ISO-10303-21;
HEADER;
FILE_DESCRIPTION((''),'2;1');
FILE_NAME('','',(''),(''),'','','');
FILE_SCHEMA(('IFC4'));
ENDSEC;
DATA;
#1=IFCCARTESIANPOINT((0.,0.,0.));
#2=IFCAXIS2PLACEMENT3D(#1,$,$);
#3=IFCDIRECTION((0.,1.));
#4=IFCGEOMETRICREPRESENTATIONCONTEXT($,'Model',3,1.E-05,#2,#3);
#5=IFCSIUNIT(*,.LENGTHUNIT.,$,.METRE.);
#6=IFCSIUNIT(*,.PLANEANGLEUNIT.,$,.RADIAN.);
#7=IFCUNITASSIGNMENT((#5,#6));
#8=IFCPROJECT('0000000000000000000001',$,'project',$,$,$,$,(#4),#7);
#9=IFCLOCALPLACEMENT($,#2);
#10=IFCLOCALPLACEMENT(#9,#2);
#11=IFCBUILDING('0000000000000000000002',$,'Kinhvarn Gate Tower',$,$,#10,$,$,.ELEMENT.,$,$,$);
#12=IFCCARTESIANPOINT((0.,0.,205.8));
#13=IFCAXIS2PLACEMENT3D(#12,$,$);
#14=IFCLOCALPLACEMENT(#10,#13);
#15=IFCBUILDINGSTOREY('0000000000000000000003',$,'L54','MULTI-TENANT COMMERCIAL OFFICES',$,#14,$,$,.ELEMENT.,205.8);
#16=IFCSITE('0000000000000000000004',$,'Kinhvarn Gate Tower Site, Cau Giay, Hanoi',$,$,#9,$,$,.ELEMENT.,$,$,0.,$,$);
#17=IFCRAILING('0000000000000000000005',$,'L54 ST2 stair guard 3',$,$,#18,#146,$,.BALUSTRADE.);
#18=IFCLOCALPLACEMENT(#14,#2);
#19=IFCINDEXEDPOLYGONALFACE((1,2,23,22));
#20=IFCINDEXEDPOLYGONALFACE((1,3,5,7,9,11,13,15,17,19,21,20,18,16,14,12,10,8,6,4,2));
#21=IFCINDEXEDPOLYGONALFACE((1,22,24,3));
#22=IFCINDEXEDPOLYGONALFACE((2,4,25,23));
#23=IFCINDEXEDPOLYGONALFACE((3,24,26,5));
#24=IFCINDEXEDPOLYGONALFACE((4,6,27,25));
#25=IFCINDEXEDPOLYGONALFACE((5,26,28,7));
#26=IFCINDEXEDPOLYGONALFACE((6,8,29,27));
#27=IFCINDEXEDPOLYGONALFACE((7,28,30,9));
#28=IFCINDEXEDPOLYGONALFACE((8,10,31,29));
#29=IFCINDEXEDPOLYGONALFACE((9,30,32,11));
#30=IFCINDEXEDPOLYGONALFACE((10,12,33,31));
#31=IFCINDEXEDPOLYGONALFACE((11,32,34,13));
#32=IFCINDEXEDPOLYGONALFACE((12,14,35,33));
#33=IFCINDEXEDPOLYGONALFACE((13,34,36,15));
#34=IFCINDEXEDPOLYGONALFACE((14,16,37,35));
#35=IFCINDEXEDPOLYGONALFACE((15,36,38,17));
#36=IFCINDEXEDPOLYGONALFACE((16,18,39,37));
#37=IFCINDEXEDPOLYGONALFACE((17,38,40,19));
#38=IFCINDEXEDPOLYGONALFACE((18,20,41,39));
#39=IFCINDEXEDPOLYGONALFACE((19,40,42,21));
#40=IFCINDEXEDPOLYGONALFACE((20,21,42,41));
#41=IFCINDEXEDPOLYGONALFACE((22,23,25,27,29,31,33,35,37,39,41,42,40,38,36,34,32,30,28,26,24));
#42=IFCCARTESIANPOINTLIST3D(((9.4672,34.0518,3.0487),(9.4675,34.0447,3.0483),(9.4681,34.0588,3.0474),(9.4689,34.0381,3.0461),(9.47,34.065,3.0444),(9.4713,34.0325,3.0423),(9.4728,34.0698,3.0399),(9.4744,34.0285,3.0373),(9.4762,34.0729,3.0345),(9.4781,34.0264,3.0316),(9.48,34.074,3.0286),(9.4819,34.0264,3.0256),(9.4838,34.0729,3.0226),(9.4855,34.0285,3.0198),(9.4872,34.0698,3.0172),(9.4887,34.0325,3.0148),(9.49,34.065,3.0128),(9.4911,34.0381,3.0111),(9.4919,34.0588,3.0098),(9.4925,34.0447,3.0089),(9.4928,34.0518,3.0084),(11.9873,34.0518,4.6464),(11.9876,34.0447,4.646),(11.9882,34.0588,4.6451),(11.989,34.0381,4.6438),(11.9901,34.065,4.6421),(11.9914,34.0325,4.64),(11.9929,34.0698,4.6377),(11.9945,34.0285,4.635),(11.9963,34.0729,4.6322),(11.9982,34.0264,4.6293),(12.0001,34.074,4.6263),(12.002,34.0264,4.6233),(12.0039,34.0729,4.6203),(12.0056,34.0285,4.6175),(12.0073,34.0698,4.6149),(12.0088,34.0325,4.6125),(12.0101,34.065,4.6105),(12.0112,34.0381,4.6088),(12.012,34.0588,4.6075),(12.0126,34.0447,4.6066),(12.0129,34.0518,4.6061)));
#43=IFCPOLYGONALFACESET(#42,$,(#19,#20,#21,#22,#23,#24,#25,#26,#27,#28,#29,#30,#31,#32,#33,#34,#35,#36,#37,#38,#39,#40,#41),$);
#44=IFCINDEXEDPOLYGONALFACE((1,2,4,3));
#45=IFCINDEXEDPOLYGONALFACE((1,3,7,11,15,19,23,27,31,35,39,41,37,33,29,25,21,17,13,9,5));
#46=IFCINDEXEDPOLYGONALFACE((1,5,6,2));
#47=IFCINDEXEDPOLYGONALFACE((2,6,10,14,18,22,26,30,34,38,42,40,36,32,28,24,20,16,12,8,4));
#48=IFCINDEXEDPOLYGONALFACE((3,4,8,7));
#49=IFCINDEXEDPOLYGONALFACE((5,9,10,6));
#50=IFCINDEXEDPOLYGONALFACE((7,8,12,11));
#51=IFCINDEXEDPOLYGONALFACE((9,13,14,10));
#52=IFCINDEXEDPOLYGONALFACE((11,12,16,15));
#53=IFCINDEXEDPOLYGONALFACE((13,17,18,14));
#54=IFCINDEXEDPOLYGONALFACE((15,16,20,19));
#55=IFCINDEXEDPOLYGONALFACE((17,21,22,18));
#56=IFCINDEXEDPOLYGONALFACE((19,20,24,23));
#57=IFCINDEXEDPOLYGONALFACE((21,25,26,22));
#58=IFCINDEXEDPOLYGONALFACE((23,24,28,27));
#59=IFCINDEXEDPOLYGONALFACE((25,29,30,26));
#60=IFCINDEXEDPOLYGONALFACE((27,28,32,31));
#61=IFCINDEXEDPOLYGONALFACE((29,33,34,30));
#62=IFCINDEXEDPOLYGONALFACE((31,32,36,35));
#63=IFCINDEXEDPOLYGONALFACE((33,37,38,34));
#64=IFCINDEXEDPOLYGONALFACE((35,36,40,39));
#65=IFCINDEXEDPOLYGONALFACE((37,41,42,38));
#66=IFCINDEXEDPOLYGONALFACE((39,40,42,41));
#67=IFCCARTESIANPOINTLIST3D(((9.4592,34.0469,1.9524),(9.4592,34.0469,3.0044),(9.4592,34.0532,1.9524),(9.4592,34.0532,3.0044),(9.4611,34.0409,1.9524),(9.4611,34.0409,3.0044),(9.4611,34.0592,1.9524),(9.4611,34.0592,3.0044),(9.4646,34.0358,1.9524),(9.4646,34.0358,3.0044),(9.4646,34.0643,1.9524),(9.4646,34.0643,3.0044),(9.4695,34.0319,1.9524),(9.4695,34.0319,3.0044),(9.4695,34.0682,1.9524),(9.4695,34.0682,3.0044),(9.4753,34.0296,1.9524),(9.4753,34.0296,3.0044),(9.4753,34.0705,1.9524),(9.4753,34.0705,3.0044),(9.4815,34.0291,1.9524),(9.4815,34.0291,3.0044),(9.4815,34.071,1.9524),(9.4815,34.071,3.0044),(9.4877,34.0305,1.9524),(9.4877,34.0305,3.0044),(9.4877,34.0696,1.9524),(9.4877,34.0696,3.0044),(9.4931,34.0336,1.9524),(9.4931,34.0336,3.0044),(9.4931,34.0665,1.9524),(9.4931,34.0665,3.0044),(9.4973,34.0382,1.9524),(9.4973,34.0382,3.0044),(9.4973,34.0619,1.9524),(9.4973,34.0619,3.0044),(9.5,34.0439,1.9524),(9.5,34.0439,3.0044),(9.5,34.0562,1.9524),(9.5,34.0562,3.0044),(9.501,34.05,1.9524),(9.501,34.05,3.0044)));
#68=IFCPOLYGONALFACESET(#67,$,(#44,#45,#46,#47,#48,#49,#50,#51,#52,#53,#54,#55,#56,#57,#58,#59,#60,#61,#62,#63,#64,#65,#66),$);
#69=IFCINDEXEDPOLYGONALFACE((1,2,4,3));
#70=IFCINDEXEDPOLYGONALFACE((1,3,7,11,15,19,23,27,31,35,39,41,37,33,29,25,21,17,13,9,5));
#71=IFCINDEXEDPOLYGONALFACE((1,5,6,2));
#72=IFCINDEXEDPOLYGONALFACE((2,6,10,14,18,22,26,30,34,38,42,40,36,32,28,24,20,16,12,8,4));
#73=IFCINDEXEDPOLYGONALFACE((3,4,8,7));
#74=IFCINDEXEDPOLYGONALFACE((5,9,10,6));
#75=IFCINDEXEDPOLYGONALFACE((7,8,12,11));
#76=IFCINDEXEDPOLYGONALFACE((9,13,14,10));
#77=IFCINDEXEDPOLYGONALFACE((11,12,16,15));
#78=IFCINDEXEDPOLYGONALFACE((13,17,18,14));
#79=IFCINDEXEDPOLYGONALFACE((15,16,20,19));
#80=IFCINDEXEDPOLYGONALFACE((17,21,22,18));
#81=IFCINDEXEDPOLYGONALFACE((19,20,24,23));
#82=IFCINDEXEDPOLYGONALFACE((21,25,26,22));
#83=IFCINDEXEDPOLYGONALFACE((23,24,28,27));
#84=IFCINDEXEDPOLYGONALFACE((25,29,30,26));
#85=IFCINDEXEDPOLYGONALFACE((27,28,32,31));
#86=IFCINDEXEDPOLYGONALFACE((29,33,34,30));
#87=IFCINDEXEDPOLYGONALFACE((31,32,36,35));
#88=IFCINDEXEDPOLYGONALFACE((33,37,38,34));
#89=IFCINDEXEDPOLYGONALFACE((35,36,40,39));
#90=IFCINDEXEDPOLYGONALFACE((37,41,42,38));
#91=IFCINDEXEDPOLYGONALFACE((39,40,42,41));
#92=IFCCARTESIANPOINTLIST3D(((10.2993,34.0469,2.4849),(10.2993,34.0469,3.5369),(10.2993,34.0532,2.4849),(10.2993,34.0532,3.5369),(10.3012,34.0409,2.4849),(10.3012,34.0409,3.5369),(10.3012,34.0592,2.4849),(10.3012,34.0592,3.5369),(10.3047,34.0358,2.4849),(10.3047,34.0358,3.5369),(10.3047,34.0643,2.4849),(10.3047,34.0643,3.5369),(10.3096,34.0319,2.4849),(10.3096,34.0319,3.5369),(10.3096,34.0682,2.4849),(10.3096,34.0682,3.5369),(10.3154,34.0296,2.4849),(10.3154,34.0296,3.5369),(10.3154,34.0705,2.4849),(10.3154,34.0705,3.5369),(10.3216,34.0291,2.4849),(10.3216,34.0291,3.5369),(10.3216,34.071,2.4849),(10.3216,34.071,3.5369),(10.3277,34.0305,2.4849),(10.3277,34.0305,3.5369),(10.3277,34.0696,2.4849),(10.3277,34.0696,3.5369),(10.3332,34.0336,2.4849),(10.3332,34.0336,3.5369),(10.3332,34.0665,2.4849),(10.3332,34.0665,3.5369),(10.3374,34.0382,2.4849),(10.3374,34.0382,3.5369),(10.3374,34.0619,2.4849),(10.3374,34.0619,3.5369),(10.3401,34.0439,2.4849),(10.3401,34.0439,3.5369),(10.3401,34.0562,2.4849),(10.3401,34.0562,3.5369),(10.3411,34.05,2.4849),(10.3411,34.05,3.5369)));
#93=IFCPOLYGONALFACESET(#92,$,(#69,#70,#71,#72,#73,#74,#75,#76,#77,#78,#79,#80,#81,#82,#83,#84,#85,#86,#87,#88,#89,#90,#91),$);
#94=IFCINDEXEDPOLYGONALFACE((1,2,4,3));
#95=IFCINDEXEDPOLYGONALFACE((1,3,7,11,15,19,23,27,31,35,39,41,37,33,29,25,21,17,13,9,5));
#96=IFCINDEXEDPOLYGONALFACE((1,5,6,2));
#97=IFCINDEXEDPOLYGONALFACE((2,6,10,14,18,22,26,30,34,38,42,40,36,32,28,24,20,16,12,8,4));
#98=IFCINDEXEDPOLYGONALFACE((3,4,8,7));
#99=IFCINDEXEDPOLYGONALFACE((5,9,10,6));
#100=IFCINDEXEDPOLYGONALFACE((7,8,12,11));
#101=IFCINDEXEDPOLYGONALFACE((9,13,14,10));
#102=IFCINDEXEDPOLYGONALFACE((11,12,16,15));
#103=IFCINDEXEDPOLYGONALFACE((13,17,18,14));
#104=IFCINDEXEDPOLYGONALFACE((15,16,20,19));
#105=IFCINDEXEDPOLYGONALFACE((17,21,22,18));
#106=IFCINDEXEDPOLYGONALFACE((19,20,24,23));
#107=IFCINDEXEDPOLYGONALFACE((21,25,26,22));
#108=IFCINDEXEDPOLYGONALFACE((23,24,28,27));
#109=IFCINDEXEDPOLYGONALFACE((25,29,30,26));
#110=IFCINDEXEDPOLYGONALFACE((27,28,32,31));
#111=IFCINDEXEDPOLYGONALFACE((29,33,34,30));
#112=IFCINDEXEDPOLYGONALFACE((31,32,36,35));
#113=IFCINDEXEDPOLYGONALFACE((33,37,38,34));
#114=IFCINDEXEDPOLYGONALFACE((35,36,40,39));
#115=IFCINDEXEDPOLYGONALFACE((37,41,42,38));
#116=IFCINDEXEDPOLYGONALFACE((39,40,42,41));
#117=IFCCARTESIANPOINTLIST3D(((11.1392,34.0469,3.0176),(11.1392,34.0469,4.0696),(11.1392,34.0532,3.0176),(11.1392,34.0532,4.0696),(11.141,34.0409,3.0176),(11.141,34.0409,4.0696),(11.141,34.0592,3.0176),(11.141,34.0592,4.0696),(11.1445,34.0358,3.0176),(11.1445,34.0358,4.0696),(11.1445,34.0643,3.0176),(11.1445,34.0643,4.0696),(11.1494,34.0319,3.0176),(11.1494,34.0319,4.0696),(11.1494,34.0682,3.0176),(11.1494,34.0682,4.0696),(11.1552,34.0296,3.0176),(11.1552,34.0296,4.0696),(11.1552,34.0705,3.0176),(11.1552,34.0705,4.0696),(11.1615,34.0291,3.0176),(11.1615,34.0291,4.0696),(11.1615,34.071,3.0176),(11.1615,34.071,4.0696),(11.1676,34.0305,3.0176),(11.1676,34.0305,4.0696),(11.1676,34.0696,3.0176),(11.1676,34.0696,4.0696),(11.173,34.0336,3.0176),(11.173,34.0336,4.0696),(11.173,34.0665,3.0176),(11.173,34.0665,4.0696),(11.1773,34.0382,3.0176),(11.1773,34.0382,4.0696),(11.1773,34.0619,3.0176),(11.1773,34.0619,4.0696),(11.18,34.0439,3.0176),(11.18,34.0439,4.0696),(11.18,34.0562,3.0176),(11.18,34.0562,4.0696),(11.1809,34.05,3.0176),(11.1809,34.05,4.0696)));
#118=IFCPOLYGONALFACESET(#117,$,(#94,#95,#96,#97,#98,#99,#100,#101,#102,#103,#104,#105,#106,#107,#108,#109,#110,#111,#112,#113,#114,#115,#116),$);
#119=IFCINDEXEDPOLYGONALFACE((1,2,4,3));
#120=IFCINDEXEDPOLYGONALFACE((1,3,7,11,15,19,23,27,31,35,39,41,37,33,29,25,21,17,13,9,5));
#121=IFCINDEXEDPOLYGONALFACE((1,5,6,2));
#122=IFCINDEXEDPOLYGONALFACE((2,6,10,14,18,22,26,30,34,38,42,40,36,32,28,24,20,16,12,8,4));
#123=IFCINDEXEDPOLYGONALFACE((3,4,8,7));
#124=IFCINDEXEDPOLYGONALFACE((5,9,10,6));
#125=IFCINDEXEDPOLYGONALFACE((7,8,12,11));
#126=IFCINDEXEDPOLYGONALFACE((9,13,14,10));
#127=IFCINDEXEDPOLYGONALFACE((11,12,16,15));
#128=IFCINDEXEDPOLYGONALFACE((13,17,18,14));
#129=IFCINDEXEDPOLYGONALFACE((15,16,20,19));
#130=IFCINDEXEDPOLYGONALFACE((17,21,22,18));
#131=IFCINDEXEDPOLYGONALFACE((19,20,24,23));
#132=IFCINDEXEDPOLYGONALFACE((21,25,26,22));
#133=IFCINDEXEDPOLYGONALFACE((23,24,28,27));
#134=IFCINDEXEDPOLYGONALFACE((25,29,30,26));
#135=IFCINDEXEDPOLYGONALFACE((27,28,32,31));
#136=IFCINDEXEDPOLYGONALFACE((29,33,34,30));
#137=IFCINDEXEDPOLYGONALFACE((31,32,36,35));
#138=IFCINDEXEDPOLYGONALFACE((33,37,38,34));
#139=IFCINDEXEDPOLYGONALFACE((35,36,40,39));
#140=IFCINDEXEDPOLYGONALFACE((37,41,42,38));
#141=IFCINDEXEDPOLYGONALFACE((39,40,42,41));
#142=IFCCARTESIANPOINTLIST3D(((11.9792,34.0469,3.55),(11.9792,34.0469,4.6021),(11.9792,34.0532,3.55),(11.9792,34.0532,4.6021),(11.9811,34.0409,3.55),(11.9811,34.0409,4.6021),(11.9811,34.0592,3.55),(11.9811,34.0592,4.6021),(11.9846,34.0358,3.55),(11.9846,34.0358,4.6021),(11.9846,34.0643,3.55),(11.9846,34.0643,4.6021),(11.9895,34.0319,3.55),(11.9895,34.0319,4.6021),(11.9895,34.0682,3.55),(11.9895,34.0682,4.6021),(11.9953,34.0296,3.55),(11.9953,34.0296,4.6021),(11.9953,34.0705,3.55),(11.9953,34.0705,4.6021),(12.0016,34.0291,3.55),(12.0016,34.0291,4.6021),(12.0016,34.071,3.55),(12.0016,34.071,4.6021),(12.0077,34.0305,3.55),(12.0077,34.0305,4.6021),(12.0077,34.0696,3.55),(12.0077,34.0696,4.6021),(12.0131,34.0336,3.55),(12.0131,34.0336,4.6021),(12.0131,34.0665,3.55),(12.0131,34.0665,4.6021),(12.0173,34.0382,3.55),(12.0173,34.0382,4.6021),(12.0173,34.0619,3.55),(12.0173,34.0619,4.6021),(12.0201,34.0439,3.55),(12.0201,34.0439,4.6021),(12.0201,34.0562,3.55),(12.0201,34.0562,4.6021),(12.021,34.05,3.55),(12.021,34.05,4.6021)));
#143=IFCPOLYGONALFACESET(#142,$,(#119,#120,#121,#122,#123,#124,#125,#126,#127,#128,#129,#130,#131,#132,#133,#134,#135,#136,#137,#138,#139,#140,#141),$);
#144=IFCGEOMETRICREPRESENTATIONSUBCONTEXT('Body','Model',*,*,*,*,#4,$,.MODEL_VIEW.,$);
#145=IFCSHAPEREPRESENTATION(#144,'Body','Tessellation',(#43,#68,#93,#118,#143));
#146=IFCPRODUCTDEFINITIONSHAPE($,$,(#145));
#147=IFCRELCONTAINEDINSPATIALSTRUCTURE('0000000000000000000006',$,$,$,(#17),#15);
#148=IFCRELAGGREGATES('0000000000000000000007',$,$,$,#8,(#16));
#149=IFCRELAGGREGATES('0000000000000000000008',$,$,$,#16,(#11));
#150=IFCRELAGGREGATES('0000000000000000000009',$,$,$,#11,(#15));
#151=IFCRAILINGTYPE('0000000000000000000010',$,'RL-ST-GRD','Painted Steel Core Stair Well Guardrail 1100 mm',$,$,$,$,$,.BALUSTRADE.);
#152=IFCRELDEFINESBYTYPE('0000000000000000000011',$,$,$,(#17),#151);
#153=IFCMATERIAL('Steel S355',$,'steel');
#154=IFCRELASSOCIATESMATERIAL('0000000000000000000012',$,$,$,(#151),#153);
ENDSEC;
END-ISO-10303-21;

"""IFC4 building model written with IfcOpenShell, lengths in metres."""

from ifc_helpers import new_model, si_unit, direction, frame, origin, origin_2d, place, context, subcontext, project, spatial, circle, extrude, material, type_object, element, save


model = new_model("IFC4")

# Units and contexts
model_context = context("Model", 3, precision=1e-05, world=origin(), true_north=direction((0.0, 1.0)))
body_context = subcontext(model_context, "Body", "Model", "MODEL_VIEW")
ifc_project = project(units=[si_unit("LENGTHUNIT", "METRE"), si_unit("PLANEANGLEUNIT", "RADIAN")], contexts=[model_context])

# Site, building, storey
site_placement = place(None, origin())
site = spatial("IfcSite", under=ifc_project, at=site_placement, Name="Kinhvarn Gate Tower Site, Cau Giay, Hanoi", CompositionType="ELEMENT", RefElevation=0.0)
building_placement = place(site_placement, origin())
building = spatial("IfcBuilding", under=site, at=building_placement, Name="Kinhvarn Gate Tower", CompositionType="ELEMENT")
storey_placement = place(building_placement, frame((0.0, 0.0, 205.8)))
storey = spatial("IfcBuildingStorey", under=building, at=storey_placement, Name="L54", Description="MULTI-TENANT COMMERCIAL OFFICES", CompositionType="ELEMENT", Elevation=205.8)

# Railing
ifc_material_1 = material(Name="Steel S355", Category="steel")
railing_type_1 = type_object("IfcRailingType", Name="RL-ST-GRD", Description="Painted Steel Core Stair Well Guardrail 1100 mm", PredefinedType="BALUSTRADE", material=ifc_material_1)
railing_1_placement = place(storey_placement, frame((9.48, 34.05, 1.9524)))
element("IfcRailing", 1, at=railing_1_placement, inside=storey, type_object=railing_type_1, Name="L54 ST2 stair guard 3", PredefinedType="BALUSTRADE", context=body_context, shape_type="SweptSolid", body=[
    extrude(circle(Radius=0.0239, at=origin_2d()), frame((0.0, 0.0, 1.0762), z_axis=(0.84457, 0.0, 0.535445), x_axis=(0.0, 1.0, 0.0)), (0.0, 0.0, 1.0), 2.9839),
    extrude(circle(Radius=0.021, at=origin_2d()), origin(), (0.0, 0.0, 1.0), 1.052),
    extrude(circle(Radius=0.021, at=origin_2d()), frame((0.8401, 0.0, 0.5325)), (0.0, 0.0, 1.0), 1.052),
    extrude(circle(Radius=0.021, at=origin_2d()), frame((1.6799, 0.0, 1.0652)), (0.0, 0.0, 1.0), 1.052),
    extrude(circle(Radius=0.021, at=origin_2d()), frame((2.52, 0.0, 1.5977)), (0.0, 0.0, 1.0), 1.052),
])

save(model, "model.ifc")
